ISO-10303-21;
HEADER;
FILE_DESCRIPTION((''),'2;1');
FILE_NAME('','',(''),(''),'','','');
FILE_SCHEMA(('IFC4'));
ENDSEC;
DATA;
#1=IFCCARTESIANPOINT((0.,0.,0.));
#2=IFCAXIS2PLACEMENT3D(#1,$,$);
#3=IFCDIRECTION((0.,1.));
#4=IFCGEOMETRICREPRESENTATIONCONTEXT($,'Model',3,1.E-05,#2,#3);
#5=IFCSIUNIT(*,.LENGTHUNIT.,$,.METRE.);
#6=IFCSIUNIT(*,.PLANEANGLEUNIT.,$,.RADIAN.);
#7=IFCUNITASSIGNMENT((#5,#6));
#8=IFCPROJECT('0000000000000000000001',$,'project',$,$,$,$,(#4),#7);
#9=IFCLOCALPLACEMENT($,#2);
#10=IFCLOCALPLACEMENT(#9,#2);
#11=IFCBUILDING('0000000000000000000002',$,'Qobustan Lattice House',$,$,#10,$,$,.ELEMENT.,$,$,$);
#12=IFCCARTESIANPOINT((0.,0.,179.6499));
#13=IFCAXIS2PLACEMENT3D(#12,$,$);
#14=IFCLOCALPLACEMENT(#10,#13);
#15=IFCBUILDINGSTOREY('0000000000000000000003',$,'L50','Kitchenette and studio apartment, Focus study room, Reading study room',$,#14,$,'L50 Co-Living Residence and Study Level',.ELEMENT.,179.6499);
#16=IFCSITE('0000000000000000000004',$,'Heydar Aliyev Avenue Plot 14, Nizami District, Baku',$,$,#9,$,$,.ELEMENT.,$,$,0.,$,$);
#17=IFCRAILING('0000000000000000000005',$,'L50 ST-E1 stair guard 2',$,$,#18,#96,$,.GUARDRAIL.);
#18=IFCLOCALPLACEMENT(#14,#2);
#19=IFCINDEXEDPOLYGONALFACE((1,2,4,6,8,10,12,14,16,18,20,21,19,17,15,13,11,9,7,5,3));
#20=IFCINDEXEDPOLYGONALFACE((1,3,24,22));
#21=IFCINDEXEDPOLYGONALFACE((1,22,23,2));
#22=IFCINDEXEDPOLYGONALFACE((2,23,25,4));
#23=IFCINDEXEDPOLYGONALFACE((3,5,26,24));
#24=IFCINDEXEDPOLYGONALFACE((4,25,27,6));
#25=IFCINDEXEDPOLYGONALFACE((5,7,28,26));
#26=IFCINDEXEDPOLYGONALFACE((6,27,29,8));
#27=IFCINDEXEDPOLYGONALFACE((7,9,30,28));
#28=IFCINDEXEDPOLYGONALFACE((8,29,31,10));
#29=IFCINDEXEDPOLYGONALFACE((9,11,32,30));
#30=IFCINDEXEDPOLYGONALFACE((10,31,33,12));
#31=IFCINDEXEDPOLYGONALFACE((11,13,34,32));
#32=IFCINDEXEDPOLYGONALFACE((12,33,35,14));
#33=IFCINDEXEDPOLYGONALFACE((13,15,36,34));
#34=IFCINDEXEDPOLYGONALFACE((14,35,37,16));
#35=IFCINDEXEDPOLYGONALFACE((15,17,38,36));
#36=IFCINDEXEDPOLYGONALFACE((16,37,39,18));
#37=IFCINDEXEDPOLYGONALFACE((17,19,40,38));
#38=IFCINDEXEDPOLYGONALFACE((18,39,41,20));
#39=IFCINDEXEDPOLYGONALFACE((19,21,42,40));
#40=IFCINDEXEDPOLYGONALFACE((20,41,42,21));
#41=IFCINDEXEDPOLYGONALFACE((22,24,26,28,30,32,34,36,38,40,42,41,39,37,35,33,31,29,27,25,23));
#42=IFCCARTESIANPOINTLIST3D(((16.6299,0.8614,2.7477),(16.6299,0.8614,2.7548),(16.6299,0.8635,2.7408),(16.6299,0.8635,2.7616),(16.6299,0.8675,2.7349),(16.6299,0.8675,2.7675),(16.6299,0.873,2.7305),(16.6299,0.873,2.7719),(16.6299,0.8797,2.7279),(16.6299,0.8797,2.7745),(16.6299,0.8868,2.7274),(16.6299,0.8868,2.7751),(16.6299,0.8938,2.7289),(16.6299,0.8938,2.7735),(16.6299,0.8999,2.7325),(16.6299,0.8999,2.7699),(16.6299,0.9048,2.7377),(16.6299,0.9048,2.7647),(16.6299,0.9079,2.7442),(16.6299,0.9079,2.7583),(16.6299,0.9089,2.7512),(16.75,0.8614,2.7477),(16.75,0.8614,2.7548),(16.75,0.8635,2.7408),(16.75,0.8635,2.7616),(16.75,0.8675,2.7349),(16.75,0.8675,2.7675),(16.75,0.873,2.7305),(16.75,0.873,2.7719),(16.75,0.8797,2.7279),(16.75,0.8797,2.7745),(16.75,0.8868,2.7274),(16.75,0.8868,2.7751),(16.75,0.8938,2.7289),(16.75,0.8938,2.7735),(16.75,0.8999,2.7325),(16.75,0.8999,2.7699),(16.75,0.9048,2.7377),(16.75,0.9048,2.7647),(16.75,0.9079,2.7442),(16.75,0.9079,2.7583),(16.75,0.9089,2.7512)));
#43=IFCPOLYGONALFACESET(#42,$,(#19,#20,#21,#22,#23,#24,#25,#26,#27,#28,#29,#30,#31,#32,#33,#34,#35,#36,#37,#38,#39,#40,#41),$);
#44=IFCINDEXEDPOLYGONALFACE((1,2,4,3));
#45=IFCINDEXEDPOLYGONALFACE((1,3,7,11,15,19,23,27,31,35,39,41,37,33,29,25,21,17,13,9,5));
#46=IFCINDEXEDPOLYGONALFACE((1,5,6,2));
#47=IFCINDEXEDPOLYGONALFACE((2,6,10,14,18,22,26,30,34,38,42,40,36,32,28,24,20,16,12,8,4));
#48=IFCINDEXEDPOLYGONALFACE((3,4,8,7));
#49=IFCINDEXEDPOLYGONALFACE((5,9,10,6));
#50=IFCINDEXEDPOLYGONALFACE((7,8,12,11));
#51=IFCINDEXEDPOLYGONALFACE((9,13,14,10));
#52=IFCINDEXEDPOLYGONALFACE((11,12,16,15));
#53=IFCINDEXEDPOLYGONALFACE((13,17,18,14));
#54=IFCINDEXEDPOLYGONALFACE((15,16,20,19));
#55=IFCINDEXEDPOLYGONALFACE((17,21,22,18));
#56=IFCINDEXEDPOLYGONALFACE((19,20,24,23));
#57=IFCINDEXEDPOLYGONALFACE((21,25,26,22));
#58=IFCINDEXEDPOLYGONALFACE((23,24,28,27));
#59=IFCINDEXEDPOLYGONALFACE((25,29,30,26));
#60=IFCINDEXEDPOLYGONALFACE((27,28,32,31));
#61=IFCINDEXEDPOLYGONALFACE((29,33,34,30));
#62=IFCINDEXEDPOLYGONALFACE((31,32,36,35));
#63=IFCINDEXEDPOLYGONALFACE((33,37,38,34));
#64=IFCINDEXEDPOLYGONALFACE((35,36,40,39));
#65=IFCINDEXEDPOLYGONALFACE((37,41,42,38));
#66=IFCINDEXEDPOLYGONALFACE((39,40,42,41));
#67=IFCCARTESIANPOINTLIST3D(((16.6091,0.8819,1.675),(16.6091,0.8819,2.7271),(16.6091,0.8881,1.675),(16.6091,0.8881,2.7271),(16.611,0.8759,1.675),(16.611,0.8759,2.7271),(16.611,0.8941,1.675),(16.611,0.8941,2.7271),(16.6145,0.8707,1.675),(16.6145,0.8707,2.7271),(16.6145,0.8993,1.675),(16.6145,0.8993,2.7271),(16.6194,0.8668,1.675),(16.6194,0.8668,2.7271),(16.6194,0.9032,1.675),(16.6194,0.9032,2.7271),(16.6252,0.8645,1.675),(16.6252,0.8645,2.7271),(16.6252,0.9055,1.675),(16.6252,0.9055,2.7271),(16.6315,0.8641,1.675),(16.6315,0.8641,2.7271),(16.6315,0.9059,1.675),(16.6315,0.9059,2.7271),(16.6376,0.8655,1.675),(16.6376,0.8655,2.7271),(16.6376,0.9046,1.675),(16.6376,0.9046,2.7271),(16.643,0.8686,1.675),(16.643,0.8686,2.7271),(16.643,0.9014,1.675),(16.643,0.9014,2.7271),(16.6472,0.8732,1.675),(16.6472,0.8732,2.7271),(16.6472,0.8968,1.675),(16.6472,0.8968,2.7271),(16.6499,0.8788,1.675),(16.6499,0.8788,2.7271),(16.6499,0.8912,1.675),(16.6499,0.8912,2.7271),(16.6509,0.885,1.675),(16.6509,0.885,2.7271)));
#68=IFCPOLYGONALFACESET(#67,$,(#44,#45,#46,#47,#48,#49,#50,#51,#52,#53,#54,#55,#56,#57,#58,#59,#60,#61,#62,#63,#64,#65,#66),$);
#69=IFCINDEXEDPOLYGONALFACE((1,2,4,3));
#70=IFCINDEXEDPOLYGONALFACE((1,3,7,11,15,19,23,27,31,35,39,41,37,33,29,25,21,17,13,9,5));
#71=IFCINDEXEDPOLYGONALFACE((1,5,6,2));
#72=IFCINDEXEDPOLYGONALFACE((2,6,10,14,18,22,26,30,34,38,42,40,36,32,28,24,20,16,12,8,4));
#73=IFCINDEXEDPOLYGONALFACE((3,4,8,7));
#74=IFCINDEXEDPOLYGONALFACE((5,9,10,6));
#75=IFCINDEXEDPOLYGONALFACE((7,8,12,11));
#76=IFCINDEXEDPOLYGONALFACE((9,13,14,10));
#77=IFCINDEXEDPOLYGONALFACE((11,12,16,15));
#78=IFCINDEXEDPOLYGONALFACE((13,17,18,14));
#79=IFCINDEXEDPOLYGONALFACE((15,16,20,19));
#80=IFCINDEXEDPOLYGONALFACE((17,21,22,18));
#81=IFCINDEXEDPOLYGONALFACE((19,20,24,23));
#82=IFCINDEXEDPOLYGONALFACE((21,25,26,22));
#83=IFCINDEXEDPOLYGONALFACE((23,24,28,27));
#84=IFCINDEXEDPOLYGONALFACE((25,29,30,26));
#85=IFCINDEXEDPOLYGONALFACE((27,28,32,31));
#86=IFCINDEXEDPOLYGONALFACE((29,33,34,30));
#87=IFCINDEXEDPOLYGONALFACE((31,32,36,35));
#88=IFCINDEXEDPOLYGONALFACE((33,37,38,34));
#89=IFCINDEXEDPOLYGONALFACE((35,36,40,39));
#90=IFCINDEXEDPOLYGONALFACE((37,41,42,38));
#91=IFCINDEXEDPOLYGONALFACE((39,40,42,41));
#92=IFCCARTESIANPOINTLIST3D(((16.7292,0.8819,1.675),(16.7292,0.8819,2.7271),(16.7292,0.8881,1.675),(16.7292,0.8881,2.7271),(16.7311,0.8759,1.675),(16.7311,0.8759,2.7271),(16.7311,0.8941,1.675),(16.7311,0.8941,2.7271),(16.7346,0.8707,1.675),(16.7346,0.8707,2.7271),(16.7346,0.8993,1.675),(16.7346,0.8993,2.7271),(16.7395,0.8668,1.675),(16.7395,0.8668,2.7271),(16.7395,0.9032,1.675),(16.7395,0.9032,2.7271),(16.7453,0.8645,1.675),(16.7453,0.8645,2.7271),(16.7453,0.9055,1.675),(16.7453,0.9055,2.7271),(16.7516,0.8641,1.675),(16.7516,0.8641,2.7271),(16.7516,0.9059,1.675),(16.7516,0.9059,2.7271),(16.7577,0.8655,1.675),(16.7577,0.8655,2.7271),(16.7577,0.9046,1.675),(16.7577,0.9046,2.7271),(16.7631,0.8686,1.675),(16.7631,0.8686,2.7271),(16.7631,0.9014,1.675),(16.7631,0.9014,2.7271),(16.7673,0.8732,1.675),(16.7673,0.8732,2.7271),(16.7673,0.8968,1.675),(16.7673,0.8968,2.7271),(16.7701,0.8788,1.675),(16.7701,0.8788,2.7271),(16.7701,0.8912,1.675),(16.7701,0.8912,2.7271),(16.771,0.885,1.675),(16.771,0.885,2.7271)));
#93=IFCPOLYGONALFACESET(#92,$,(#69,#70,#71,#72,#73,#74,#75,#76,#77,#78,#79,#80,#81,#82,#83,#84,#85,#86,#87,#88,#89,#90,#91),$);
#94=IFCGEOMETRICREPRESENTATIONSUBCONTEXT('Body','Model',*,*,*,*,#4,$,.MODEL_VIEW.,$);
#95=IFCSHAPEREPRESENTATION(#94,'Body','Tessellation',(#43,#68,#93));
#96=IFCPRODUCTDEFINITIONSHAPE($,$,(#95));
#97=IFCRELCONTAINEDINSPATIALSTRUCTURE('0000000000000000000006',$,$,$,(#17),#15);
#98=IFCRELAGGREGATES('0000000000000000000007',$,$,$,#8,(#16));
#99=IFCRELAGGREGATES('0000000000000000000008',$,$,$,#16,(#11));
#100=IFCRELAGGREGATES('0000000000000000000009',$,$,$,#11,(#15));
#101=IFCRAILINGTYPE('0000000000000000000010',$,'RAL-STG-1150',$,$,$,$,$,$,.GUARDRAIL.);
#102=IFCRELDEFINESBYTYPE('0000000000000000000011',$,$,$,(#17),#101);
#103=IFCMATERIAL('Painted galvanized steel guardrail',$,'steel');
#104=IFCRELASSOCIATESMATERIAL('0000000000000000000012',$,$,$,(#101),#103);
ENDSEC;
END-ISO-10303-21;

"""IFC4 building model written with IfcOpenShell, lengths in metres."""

from ifc_helpers import new_model, si_unit, direction, frame, origin, origin_2d, place, context, subcontext, project, spatial, circle, extrude, material, type_object, element, save


model = new_model("IFC4")

# Units and contexts
model_context = context("Model", 3, precision=1e-05, world=origin(), true_north=direction((0.0, 1.0)))
body_context = subcontext(model_context, "Body", "Model", "MODEL_VIEW")
ifc_project = project(units=[si_unit("LENGTHUNIT", "METRE"), si_unit("PLANEANGLEUNIT", "RADIAN")], contexts=[model_context])

# Site, building, storey
site_placement = place(None, origin())
site = spatial("IfcSite", under=ifc_project, at=site_placement, Name="Heydar Aliyev Avenue Plot 14, Nizami District, Baku", CompositionType="ELEMENT", RefElevation=0.0)
building_placement = place(site_placement, origin())
building = spatial("IfcBuilding", under=site, at=building_placement, Name="Qobustan Lattice House", CompositionType="ELEMENT")
storey_placement = place(building_placement, frame((0.0, 0.0, 179.6499)))
storey = spatial("IfcBuildingStorey", under=building, at=storey_placement, Name="L50", Description="Kitchenette and studio apartment, Focus study room, Reading study room", LongName="L50 Co-Living Residence and Study Level", CompositionType="ELEMENT", Elevation=179.6499)

# Railing
ifc_material_1 = material(Name="Painted galvanized steel guardrail", Category="steel")
railing_type_1 = type_object("IfcRailingType", Name="RAL-STG-1150", PredefinedType="GUARDRAIL", material=ifc_material_1)
railing_1_placement = place(storey_placement, frame((16.6299, 0.885, 1.675)))
element("IfcRailing", 1, at=railing_1_placement, inside=storey, type_object=railing_type_1, Name="L50 ST-E1 stair guard 2", PredefinedType="GUARDRAIL", context=body_context, shape_type="SweptSolid", body=[
    extrude(circle(Radius=0.0239, at=origin_2d()), frame((0.0, 0.0, 1.0762), z_axis=(1.0, 0.0, 0.0), x_axis=(0.0, 1.0, 0.0)), (0.0, 0.0, 1.0), 0.1201),
    extrude(circle(Radius=0.021, at=origin_2d()), origin(), (0.0, 0.0, 1.0), 1.052),
    extrude(circle(Radius=0.021, at=origin_2d()), frame((0.1201, 0.0, 0.0)), (0.0, 0.0, 1.0), 1.052),
])

save(model, "model.ifc")
